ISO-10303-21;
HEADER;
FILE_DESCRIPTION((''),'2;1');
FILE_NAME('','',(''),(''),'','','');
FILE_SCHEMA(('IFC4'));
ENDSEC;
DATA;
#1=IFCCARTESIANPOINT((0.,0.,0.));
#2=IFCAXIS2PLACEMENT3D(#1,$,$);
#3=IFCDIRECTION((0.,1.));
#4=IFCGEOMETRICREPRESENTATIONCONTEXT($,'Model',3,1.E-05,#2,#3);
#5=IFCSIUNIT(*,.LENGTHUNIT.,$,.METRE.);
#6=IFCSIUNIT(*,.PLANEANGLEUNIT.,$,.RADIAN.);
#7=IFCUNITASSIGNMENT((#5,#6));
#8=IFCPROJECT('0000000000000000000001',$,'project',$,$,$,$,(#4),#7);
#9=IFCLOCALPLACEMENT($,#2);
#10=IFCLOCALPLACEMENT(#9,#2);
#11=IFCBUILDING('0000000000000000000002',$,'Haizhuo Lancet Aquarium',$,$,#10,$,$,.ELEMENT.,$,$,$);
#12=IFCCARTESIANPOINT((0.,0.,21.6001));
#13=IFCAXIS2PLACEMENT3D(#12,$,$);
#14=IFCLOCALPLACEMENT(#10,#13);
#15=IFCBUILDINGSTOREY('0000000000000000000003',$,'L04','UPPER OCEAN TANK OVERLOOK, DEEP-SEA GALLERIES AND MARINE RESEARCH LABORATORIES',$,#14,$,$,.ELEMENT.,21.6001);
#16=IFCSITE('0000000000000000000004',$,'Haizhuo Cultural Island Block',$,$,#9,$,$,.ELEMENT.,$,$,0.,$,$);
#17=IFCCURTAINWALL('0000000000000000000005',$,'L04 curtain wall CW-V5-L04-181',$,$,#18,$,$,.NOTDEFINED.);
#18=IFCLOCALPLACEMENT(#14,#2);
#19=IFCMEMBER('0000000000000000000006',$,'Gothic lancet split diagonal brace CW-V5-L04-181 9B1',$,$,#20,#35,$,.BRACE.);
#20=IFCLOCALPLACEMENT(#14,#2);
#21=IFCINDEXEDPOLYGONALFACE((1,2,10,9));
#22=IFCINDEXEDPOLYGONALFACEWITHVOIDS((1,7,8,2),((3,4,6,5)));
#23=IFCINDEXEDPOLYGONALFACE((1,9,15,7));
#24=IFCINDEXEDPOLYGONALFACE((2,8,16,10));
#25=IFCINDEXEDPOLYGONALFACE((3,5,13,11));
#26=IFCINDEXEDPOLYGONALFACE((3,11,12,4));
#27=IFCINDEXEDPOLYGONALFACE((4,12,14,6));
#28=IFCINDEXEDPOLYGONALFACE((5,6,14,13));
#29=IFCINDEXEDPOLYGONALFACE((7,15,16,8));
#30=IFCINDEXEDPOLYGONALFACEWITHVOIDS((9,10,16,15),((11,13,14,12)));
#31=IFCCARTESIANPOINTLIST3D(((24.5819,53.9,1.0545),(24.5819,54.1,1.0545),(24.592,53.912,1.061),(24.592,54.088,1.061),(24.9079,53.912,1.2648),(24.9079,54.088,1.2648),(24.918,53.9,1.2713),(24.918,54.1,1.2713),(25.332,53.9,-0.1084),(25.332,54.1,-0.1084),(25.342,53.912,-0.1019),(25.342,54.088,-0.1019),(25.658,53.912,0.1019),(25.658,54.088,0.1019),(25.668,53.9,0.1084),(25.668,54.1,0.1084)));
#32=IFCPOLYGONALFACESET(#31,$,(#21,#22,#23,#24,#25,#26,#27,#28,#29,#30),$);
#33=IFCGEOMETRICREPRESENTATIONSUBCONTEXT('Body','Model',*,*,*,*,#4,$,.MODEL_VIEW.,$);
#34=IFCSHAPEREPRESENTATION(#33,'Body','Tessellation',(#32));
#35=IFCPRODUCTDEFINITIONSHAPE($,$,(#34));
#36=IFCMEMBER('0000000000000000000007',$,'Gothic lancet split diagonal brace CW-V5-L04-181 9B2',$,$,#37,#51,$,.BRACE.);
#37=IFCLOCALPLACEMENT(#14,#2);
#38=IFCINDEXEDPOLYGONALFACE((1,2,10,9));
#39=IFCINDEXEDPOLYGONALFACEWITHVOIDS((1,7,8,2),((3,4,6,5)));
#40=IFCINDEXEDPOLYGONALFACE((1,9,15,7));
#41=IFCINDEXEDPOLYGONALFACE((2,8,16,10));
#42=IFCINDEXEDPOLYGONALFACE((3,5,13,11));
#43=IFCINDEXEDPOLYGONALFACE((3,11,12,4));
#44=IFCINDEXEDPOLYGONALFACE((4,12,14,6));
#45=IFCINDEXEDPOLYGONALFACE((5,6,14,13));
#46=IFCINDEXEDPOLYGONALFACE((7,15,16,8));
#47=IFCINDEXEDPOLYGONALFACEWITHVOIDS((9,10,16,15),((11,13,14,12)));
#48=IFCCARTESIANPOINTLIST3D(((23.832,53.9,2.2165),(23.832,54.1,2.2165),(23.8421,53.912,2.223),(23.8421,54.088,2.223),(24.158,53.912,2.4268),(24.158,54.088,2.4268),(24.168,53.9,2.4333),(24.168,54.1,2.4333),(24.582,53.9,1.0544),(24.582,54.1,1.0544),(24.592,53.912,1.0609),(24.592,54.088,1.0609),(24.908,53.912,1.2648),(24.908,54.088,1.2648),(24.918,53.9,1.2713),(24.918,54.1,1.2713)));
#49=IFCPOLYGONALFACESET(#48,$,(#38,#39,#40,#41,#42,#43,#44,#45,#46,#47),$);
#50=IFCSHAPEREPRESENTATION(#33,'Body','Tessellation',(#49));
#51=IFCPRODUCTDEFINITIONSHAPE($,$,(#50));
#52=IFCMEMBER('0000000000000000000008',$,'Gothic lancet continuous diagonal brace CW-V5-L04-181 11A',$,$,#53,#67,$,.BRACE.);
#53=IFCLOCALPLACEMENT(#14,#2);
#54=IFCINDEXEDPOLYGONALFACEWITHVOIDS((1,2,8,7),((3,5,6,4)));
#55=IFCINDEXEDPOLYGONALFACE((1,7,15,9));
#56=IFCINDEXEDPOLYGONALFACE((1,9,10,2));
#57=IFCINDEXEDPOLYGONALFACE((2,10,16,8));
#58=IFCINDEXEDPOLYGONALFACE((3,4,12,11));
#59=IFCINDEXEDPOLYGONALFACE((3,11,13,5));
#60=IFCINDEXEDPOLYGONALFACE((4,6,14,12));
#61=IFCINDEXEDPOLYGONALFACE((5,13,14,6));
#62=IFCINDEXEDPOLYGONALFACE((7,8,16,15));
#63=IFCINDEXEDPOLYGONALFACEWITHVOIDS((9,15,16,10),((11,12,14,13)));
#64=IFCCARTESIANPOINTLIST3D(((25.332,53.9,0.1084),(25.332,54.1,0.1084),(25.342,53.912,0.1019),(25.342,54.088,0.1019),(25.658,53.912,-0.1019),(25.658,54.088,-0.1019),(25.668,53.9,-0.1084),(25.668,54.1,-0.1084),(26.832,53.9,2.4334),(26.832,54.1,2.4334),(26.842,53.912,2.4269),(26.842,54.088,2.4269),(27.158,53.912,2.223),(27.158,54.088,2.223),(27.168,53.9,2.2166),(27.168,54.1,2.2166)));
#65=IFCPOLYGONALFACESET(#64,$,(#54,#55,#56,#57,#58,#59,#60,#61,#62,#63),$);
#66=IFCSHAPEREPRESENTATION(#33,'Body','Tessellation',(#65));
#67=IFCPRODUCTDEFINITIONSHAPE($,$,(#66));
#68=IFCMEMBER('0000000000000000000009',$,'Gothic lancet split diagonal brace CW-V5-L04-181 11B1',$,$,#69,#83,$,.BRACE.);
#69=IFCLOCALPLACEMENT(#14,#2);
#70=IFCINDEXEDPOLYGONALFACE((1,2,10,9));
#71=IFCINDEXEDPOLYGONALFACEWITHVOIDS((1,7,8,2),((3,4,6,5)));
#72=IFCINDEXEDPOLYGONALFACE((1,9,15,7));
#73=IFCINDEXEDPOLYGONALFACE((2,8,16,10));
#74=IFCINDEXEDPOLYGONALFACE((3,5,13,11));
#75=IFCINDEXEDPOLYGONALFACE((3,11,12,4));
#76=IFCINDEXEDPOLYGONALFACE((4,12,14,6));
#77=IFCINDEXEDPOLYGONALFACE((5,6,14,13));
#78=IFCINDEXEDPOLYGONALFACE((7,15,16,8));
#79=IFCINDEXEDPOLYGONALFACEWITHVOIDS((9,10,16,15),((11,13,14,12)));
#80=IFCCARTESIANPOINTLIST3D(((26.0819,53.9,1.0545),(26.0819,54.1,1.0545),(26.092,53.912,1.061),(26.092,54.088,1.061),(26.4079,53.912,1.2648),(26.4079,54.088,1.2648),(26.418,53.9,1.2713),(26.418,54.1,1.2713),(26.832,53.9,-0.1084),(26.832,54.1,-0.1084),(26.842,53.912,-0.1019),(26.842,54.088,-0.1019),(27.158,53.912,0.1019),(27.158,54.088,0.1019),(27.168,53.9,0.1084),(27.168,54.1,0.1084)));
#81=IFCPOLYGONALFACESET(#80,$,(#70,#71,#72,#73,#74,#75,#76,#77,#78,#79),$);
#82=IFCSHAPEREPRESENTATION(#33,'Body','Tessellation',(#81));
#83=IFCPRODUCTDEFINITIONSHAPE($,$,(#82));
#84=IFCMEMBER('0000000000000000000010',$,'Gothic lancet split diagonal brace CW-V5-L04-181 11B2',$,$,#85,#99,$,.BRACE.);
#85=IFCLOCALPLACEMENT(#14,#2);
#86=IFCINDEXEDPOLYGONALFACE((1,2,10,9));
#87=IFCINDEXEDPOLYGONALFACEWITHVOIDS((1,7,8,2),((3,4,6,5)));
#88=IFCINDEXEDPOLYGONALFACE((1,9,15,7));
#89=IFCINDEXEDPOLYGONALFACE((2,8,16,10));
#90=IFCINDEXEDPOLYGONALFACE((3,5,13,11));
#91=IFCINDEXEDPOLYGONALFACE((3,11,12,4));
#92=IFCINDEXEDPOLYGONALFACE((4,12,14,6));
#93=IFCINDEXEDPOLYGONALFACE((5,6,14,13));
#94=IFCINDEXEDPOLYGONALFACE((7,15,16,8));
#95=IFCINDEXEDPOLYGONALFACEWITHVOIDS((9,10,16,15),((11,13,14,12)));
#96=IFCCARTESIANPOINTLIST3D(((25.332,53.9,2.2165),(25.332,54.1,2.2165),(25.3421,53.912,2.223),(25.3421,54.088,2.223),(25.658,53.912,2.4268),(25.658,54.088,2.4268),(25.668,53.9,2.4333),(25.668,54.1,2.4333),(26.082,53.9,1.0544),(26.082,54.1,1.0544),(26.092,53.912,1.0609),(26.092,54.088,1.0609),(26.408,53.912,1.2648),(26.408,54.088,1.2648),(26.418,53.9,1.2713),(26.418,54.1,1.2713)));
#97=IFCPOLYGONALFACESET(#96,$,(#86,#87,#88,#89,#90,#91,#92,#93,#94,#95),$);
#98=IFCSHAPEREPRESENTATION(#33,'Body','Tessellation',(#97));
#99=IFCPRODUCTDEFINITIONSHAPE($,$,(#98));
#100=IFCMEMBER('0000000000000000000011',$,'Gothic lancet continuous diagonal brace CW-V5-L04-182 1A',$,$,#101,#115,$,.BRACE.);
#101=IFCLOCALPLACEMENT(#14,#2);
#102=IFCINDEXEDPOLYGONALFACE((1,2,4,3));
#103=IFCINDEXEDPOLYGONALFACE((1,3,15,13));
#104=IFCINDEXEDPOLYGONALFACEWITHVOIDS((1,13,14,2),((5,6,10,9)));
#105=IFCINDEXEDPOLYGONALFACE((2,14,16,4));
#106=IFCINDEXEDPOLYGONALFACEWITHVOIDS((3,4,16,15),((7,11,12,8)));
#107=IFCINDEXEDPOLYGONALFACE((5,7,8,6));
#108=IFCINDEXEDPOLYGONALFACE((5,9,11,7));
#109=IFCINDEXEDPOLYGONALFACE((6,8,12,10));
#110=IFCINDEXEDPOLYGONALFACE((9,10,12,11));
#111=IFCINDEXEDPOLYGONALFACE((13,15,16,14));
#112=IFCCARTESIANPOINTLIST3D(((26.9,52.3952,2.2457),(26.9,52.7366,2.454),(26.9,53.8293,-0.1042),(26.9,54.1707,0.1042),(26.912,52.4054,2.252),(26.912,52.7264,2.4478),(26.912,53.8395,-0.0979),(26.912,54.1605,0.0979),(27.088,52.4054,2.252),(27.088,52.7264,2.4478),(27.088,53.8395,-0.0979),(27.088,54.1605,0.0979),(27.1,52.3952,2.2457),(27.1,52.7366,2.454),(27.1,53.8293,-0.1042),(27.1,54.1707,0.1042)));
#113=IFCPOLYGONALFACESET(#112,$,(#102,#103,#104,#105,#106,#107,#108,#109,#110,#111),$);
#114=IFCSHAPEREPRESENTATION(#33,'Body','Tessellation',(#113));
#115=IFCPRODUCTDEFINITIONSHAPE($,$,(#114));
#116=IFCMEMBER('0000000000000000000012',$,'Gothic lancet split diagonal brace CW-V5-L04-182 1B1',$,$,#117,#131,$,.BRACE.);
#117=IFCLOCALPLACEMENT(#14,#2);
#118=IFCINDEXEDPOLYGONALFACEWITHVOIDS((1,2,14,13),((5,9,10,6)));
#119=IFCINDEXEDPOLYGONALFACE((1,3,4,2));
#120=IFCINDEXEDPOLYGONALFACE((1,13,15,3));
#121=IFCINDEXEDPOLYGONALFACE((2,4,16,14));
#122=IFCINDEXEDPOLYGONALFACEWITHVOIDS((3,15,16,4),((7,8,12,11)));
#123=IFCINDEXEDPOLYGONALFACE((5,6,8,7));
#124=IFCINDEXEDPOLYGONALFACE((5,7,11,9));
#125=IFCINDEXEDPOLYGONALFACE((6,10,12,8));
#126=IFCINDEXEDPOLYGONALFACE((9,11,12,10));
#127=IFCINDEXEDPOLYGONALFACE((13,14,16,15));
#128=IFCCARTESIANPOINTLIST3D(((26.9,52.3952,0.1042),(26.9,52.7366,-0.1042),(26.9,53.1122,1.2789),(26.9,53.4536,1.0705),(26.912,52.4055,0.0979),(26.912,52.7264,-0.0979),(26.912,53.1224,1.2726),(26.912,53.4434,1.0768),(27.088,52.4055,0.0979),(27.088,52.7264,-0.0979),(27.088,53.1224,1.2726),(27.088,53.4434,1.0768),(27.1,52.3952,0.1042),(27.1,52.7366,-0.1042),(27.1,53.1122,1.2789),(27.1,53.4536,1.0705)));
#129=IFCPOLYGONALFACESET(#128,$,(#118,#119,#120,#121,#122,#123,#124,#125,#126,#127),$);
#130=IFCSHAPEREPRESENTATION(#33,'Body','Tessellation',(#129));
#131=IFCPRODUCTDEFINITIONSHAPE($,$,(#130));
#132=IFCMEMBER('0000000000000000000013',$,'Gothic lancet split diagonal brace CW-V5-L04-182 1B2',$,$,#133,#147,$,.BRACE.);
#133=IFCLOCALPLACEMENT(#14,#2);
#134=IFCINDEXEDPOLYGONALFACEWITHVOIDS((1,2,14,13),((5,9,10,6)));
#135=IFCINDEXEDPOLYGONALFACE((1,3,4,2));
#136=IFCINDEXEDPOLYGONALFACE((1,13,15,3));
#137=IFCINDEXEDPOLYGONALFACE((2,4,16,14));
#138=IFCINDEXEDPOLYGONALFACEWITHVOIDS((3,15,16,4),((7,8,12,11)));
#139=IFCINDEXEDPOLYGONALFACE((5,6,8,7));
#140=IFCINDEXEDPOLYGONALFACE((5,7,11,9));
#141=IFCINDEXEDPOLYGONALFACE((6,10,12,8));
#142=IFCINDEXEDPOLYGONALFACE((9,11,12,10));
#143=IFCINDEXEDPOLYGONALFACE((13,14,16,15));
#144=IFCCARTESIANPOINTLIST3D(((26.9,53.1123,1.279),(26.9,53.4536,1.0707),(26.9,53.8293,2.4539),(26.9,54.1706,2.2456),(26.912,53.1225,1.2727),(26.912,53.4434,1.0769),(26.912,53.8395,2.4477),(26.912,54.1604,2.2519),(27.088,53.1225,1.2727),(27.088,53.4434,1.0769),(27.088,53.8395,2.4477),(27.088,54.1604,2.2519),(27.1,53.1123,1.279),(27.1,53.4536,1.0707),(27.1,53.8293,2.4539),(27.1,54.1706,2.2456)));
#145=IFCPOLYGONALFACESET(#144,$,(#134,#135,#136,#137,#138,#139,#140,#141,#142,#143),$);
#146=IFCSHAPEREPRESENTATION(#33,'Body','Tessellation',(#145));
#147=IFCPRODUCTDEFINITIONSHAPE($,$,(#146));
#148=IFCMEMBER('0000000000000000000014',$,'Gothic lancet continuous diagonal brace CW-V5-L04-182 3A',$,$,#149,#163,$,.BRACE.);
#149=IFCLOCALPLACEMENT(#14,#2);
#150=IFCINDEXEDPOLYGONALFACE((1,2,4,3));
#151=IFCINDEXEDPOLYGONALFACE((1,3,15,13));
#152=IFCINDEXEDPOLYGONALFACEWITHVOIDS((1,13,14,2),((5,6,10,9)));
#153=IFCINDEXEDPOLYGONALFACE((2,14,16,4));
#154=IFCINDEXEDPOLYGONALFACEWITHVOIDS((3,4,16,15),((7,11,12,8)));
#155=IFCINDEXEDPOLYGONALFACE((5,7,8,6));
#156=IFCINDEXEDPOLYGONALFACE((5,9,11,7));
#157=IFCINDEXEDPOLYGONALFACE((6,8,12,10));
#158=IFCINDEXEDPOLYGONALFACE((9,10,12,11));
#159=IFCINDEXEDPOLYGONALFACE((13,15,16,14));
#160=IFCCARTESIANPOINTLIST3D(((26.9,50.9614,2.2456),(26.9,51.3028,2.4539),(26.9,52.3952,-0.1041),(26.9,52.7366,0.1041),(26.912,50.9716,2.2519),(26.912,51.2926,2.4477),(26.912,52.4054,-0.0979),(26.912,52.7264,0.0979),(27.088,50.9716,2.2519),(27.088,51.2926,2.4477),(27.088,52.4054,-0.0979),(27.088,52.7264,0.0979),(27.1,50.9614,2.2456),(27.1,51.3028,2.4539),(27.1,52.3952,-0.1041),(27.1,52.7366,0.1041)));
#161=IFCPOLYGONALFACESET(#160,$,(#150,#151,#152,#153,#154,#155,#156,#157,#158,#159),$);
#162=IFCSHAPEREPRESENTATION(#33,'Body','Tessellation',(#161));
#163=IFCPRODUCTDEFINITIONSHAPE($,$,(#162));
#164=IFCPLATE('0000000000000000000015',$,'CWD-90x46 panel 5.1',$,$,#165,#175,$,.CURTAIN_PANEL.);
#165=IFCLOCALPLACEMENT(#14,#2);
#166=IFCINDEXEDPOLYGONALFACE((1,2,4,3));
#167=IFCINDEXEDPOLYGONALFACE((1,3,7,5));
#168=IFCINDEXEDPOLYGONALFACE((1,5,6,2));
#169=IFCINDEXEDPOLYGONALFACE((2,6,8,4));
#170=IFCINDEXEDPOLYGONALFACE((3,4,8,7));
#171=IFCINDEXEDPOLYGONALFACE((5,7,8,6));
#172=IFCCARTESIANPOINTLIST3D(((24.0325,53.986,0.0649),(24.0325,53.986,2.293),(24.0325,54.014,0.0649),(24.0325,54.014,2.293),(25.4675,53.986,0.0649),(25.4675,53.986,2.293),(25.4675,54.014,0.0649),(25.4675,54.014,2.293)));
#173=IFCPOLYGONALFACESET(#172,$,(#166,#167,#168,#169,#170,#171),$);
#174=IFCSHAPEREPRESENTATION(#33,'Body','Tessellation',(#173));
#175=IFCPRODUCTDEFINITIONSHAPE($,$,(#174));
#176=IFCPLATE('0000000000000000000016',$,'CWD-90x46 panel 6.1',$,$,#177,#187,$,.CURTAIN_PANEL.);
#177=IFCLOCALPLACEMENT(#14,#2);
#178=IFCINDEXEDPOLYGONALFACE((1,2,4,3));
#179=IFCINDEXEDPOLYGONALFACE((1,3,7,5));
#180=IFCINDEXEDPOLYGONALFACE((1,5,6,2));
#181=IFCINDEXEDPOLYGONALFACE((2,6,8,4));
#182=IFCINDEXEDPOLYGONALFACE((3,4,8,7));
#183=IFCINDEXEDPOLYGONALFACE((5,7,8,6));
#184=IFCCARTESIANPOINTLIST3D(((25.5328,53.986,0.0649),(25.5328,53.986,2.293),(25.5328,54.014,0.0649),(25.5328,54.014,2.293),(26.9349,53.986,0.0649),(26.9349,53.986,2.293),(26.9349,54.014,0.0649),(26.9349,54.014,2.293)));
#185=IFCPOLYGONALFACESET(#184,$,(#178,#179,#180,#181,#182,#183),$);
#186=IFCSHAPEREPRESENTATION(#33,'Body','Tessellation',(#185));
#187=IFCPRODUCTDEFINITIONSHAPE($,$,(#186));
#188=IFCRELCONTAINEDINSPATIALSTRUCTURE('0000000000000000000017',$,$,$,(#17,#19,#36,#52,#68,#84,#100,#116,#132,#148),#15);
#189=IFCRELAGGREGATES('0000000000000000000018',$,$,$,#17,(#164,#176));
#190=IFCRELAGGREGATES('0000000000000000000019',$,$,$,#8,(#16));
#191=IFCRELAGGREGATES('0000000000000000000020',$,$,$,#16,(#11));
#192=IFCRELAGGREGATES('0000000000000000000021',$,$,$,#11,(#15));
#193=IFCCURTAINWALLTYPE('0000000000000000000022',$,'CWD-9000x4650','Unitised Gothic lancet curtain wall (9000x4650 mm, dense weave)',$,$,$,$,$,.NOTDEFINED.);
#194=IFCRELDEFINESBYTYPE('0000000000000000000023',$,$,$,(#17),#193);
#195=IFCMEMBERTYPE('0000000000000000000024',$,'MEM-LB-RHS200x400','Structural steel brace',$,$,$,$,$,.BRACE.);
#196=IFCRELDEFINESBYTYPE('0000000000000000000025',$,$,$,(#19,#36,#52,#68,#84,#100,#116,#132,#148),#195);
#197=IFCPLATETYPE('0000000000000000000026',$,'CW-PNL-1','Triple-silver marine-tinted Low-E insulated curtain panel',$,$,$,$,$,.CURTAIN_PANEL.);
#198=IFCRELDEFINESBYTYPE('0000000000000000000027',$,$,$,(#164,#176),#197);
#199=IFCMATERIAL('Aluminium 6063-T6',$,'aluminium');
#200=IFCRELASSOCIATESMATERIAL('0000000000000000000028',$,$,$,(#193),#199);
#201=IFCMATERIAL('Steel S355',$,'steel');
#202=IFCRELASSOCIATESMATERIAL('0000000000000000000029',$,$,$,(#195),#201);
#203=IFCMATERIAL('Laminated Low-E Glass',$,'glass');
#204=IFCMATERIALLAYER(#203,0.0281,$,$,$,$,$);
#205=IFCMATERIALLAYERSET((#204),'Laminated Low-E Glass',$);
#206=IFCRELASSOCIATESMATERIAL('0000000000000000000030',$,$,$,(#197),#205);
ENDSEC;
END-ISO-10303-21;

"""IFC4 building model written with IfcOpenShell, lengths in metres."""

from ifc_helpers import new_model, si_unit, direction, frame, origin, origin_2d, place, context, subcontext, project, spatial, rectangle, hollow_rectangle, extrude, material, layer, layer_set, material_profile, profile_set, type_object, element, aggregate, save


model = new_model("IFC4")

# Units and contexts
model_context = context("Model", 3, precision=1e-05, world=origin(), true_north=direction((0.0, 1.0)))
body_context = subcontext(model_context, "Body", "Model", "MODEL_VIEW")
ifc_project = project(units=[si_unit("LENGTHUNIT", "METRE"), si_unit("PLANEANGLEUNIT", "RADIAN")], contexts=[model_context])

# Site, building, storey
site_placement = place(None, origin())
site = spatial("IfcSite", under=ifc_project, at=site_placement, Name="Haizhuo Cultural Island Block", CompositionType="ELEMENT", RefElevation=0.0)
building_placement = place(site_placement, origin())
building = spatial("IfcBuilding", under=site, at=building_placement, Name="Haizhuo Lancet Aquarium", CompositionType="ELEMENT")
storey_placement = place(building_placement, frame((0.0, 0.0, 21.6001)))
storey = spatial("IfcBuildingStorey", under=building, at=storey_placement, Name="L04", Description="UPPER OCEAN TANK OVERLOOK, DEEP-SEA GALLERIES AND MARINE RESEARCH LABORATORIES", CompositionType="ELEMENT", Elevation=21.6001)

# Curtain wall
ifc_material_1 = material(Name="Aluminium 6063-T6", Category="aluminium")
curtain_wall_type_1 = type_object("IfcCurtainWallType", Name="CWD-9000x4650", Description="Unitised Gothic lancet curtain wall (9000x4650 mm, dense weave)", PredefinedType="NOTDEFINED", material=ifc_material_1)
curtain_wall_1_placement = place(storey_placement, origin())
curtain_wall_1 = element("IfcCurtainWall", 1, at=curtain_wall_1_placement, inside=storey, type_object=curtain_wall_type_1, Name="L04 curtain wall CW-V5-L04-181", PredefinedType="NOTDEFINED")

# Members
ifc_material_2 = material(Name="Steel S355", Category="steel")
ifc_material_profile_1 = material_profile(ifc_material_2, hollow_rectangle(XDim=0.2, YDim=0.3999, WallThickness=0.012, at=origin_2d()), Name="RHS 200x400x12")
ifc_profile_set_1 = profile_set([ifc_material_profile_1], Name="Steel S355")
member_type_1 = type_object("IfcMemberType", Name="MEM-LB-RHS200x400", Description="Structural steel brace", PredefinedType="BRACE", material=ifc_profile_set_1)
member_1_placement = place(storey_placement, frame((25.5, 54.0, 0.0), z_axis=(-0.542014, 0.0, 0.840369), x_axis=(0.0, -1.0, 0.0)))
element("IfcMember", 2, at=member_1_placement, inside=storey, type_object=member_type_1, Name="Gothic lancet split diagonal brace CW-V5-L04-181 9B1", PredefinedType="BRACE", context=body_context, shape_type="SweptSolid", body=[
    extrude(hollow_rectangle(XDim=0.2, YDim=0.3999, WallThickness=0.012, at=origin_2d()), origin(), (0.0, 0.0, 1.0), 1.3838),
])
member_2_placement = place(storey_placement, frame((24.75, 54.0, 1.1628), z_axis=(-0.542256, 0.0, 0.840214), x_axis=(0.0, -1.0, 0.0)))
element("IfcMember", 3, at=member_2_placement, inside=storey, type_object=member_type_1, Name="Gothic lancet split diagonal brace CW-V5-L04-181 9B2", PredefinedType="BRACE", context=body_context, shape_type="SweptSolid", body=[
    extrude(hollow_rectangle(XDim=0.2, YDim=0.3999, WallThickness=0.012, at=origin_2d()), origin(), (0.0, 0.0, 1.0), 1.3831),
])
member_3_placement = place(storey_placement, frame((25.5, 54.0, 0.0), z_axis=(0.542135, 0.0, 0.840291), x_axis=(0.0, 1.0, 0.0)))
element("IfcMember", 4, at=member_3_placement, inside=storey, type_object=member_type_1, Name="Gothic lancet continuous diagonal brace CW-V5-L04-181 11A", PredefinedType="BRACE", context=body_context, shape_type="SweptSolid", body=[
    extrude(hollow_rectangle(XDim=0.2, YDim=0.3999, WallThickness=0.012, at=origin_2d()), origin(), (0.0, 0.0, 1.0), 2.7668),
])
member_4_placement = place(storey_placement, frame((27.0, 54.0, 0.0), z_axis=(-0.542014, 0.0, 0.840369), x_axis=(0.0, -1.0, 0.0)))
element("IfcMember", 5, at=member_4_placement, inside=storey, type_object=member_type_1, Name="Gothic lancet split diagonal brace CW-V5-L04-181 11B1", PredefinedType="BRACE", context=body_context, shape_type="SweptSolid", body=[
    extrude(hollow_rectangle(XDim=0.2, YDim=0.3999, WallThickness=0.012, at=origin_2d()), origin(), (0.0, 0.0, 1.0), 1.3838),
])
member_5_placement = place(storey_placement, frame((26.25, 54.0, 1.1628), z_axis=(-0.542256, 0.0, 0.840214), x_axis=(0.0, -1.0, 0.0)))
element("IfcMember", 6, at=member_5_placement, inside=storey, type_object=member_type_1, Name="Gothic lancet split diagonal brace CW-V5-L04-181 11B2", PredefinedType="BRACE", context=body_context, shape_type="SweptSolid", body=[
    extrude(hollow_rectangle(XDim=0.2, YDim=0.3999, WallThickness=0.012, at=origin_2d()), origin(), (0.0, 0.0, 1.0), 1.3831),
])
member_6_placement = place(storey_placement, frame((27.0, 54.0, 0.0), z_axis=(0.0, -0.520937, 0.853595), x_axis=(1.0, 0.0, 0.0)))
element("IfcMember", 7, at=member_6_placement, inside=storey, type_object=member_type_1, Name="Gothic lancet continuous diagonal brace CW-V5-L04-182 1A", PredefinedType="BRACE", context=body_context, shape_type="SweptSolid", body=[
    extrude(hollow_rectangle(XDim=0.2, YDim=0.3999, WallThickness=0.012, at=origin_2d()), origin(), (0.0, 0.0, 1.0), 2.7529),
])
member_7_placement = place(storey_placement, frame((27.0, 52.5659, 0.0), z_axis=(0.0, 0.520976, 0.853571), x_axis=(-1.0, 0.0, 0.0)))
element("IfcMember", 8, at=member_7_placement, inside=storey, type_object=member_type_1, Name="Gothic lancet split diagonal brace CW-V5-L04-182 1B1", PredefinedType="BRACE", context=body_context, shape_type="SweptSolid", body=[
    extrude(hollow_rectangle(XDim=0.2, YDim=0.3999, WallThickness=0.012, at=origin_2d()), origin(), (0.0, 0.0, 1.0), 1.3762),
])
member_8_placement = place(storey_placement, frame((27.0, 53.283, 1.1748), z_axis=(0.0, 0.520898, 0.853619), x_axis=(-1.0, 0.0, 0.0)))
element("IfcMember", 9, at=member_8_placement, inside=storey, type_object=member_type_1, Name="Gothic lancet split diagonal brace CW-V5-L04-182 1B2", PredefinedType="BRACE", context=body_context, shape_type="SweptSolid", body=[
    extrude(hollow_rectangle(XDim=0.2, YDim=0.3999, WallThickness=0.012, at=origin_2d()), origin(), (0.0, 0.0, 1.0), 1.3765),
])
member_9_placement = place(storey_placement, frame((27.0, 52.5659, 0.0), z_axis=(0.0, -0.520872, 0.853635), x_axis=(1.0, 0.0, 0.0)))
element("IfcMember", 10, at=member_9_placement, inside=storey, type_object=member_type_1, Name="Gothic lancet continuous diagonal brace CW-V5-L04-182 3A", PredefinedType="BRACE", context=body_context, shape_type="SweptSolid", body=[
    extrude(hollow_rectangle(XDim=0.2, YDim=0.3999, WallThickness=0.012, at=origin_2d()), origin(), (0.0, 0.0, 1.0), 2.7527),
])

# Plates
ifc_material_3 = material(Name="Laminated Low-E Glass", Category="glass")
ifc_layer_1 = layer(ifc_material_3, 0.0281)
ifc_layer_set_1 = layer_set([ifc_layer_1], Name="Laminated Low-E Glass")
plate_type_1 = type_object("IfcPlateType", Name="CW-PNL-1", Description="Triple-silver marine-tinted Low-E insulated curtain panel", PredefinedType="CURTAIN_PANEL", material=ifc_layer_set_1)
plate_1_placement = place(storey_placement, frame((24.75, 54.0, 0.0649), z_axis=(0.0, 0.0, 1.0), x_axis=(1.0, 0.0, 0.0)))
plate_1 = element("IfcPlate", 11, at=plate_1_placement, type_object=plate_type_1, Name="CWD-90x46 panel 5.1", PredefinedType="CURTAIN_PANEL", context=body_context, shape_type="SweptSolid", body=[
    extrude(rectangle(XDim=1.4351, YDim=0.0281, at=origin_2d()), origin(), (0.0, 0.0, 1.0), 2.228),
])
plate_2_placement = place(storey_placement, frame((26.2339, 54.0, 0.0649), z_axis=(0.0, 0.0, 1.0), x_axis=(1.0, 0.0, 0.0)))
plate_2 = element("IfcPlate", 12, at=plate_2_placement, type_object=plate_type_1, Name="CWD-90x46 panel 6.1", PredefinedType="CURTAIN_PANEL", context=body_context, shape_type="SweptSolid", body=[
    extrude(rectangle(XDim=1.4021, YDim=0.0281, at=origin_2d()), origin(), (0.0, 0.0, 1.0), 2.228),
])
aggregate(curtain_wall_1, [plate_1, plate_2])

save(model, "model.ifc")
